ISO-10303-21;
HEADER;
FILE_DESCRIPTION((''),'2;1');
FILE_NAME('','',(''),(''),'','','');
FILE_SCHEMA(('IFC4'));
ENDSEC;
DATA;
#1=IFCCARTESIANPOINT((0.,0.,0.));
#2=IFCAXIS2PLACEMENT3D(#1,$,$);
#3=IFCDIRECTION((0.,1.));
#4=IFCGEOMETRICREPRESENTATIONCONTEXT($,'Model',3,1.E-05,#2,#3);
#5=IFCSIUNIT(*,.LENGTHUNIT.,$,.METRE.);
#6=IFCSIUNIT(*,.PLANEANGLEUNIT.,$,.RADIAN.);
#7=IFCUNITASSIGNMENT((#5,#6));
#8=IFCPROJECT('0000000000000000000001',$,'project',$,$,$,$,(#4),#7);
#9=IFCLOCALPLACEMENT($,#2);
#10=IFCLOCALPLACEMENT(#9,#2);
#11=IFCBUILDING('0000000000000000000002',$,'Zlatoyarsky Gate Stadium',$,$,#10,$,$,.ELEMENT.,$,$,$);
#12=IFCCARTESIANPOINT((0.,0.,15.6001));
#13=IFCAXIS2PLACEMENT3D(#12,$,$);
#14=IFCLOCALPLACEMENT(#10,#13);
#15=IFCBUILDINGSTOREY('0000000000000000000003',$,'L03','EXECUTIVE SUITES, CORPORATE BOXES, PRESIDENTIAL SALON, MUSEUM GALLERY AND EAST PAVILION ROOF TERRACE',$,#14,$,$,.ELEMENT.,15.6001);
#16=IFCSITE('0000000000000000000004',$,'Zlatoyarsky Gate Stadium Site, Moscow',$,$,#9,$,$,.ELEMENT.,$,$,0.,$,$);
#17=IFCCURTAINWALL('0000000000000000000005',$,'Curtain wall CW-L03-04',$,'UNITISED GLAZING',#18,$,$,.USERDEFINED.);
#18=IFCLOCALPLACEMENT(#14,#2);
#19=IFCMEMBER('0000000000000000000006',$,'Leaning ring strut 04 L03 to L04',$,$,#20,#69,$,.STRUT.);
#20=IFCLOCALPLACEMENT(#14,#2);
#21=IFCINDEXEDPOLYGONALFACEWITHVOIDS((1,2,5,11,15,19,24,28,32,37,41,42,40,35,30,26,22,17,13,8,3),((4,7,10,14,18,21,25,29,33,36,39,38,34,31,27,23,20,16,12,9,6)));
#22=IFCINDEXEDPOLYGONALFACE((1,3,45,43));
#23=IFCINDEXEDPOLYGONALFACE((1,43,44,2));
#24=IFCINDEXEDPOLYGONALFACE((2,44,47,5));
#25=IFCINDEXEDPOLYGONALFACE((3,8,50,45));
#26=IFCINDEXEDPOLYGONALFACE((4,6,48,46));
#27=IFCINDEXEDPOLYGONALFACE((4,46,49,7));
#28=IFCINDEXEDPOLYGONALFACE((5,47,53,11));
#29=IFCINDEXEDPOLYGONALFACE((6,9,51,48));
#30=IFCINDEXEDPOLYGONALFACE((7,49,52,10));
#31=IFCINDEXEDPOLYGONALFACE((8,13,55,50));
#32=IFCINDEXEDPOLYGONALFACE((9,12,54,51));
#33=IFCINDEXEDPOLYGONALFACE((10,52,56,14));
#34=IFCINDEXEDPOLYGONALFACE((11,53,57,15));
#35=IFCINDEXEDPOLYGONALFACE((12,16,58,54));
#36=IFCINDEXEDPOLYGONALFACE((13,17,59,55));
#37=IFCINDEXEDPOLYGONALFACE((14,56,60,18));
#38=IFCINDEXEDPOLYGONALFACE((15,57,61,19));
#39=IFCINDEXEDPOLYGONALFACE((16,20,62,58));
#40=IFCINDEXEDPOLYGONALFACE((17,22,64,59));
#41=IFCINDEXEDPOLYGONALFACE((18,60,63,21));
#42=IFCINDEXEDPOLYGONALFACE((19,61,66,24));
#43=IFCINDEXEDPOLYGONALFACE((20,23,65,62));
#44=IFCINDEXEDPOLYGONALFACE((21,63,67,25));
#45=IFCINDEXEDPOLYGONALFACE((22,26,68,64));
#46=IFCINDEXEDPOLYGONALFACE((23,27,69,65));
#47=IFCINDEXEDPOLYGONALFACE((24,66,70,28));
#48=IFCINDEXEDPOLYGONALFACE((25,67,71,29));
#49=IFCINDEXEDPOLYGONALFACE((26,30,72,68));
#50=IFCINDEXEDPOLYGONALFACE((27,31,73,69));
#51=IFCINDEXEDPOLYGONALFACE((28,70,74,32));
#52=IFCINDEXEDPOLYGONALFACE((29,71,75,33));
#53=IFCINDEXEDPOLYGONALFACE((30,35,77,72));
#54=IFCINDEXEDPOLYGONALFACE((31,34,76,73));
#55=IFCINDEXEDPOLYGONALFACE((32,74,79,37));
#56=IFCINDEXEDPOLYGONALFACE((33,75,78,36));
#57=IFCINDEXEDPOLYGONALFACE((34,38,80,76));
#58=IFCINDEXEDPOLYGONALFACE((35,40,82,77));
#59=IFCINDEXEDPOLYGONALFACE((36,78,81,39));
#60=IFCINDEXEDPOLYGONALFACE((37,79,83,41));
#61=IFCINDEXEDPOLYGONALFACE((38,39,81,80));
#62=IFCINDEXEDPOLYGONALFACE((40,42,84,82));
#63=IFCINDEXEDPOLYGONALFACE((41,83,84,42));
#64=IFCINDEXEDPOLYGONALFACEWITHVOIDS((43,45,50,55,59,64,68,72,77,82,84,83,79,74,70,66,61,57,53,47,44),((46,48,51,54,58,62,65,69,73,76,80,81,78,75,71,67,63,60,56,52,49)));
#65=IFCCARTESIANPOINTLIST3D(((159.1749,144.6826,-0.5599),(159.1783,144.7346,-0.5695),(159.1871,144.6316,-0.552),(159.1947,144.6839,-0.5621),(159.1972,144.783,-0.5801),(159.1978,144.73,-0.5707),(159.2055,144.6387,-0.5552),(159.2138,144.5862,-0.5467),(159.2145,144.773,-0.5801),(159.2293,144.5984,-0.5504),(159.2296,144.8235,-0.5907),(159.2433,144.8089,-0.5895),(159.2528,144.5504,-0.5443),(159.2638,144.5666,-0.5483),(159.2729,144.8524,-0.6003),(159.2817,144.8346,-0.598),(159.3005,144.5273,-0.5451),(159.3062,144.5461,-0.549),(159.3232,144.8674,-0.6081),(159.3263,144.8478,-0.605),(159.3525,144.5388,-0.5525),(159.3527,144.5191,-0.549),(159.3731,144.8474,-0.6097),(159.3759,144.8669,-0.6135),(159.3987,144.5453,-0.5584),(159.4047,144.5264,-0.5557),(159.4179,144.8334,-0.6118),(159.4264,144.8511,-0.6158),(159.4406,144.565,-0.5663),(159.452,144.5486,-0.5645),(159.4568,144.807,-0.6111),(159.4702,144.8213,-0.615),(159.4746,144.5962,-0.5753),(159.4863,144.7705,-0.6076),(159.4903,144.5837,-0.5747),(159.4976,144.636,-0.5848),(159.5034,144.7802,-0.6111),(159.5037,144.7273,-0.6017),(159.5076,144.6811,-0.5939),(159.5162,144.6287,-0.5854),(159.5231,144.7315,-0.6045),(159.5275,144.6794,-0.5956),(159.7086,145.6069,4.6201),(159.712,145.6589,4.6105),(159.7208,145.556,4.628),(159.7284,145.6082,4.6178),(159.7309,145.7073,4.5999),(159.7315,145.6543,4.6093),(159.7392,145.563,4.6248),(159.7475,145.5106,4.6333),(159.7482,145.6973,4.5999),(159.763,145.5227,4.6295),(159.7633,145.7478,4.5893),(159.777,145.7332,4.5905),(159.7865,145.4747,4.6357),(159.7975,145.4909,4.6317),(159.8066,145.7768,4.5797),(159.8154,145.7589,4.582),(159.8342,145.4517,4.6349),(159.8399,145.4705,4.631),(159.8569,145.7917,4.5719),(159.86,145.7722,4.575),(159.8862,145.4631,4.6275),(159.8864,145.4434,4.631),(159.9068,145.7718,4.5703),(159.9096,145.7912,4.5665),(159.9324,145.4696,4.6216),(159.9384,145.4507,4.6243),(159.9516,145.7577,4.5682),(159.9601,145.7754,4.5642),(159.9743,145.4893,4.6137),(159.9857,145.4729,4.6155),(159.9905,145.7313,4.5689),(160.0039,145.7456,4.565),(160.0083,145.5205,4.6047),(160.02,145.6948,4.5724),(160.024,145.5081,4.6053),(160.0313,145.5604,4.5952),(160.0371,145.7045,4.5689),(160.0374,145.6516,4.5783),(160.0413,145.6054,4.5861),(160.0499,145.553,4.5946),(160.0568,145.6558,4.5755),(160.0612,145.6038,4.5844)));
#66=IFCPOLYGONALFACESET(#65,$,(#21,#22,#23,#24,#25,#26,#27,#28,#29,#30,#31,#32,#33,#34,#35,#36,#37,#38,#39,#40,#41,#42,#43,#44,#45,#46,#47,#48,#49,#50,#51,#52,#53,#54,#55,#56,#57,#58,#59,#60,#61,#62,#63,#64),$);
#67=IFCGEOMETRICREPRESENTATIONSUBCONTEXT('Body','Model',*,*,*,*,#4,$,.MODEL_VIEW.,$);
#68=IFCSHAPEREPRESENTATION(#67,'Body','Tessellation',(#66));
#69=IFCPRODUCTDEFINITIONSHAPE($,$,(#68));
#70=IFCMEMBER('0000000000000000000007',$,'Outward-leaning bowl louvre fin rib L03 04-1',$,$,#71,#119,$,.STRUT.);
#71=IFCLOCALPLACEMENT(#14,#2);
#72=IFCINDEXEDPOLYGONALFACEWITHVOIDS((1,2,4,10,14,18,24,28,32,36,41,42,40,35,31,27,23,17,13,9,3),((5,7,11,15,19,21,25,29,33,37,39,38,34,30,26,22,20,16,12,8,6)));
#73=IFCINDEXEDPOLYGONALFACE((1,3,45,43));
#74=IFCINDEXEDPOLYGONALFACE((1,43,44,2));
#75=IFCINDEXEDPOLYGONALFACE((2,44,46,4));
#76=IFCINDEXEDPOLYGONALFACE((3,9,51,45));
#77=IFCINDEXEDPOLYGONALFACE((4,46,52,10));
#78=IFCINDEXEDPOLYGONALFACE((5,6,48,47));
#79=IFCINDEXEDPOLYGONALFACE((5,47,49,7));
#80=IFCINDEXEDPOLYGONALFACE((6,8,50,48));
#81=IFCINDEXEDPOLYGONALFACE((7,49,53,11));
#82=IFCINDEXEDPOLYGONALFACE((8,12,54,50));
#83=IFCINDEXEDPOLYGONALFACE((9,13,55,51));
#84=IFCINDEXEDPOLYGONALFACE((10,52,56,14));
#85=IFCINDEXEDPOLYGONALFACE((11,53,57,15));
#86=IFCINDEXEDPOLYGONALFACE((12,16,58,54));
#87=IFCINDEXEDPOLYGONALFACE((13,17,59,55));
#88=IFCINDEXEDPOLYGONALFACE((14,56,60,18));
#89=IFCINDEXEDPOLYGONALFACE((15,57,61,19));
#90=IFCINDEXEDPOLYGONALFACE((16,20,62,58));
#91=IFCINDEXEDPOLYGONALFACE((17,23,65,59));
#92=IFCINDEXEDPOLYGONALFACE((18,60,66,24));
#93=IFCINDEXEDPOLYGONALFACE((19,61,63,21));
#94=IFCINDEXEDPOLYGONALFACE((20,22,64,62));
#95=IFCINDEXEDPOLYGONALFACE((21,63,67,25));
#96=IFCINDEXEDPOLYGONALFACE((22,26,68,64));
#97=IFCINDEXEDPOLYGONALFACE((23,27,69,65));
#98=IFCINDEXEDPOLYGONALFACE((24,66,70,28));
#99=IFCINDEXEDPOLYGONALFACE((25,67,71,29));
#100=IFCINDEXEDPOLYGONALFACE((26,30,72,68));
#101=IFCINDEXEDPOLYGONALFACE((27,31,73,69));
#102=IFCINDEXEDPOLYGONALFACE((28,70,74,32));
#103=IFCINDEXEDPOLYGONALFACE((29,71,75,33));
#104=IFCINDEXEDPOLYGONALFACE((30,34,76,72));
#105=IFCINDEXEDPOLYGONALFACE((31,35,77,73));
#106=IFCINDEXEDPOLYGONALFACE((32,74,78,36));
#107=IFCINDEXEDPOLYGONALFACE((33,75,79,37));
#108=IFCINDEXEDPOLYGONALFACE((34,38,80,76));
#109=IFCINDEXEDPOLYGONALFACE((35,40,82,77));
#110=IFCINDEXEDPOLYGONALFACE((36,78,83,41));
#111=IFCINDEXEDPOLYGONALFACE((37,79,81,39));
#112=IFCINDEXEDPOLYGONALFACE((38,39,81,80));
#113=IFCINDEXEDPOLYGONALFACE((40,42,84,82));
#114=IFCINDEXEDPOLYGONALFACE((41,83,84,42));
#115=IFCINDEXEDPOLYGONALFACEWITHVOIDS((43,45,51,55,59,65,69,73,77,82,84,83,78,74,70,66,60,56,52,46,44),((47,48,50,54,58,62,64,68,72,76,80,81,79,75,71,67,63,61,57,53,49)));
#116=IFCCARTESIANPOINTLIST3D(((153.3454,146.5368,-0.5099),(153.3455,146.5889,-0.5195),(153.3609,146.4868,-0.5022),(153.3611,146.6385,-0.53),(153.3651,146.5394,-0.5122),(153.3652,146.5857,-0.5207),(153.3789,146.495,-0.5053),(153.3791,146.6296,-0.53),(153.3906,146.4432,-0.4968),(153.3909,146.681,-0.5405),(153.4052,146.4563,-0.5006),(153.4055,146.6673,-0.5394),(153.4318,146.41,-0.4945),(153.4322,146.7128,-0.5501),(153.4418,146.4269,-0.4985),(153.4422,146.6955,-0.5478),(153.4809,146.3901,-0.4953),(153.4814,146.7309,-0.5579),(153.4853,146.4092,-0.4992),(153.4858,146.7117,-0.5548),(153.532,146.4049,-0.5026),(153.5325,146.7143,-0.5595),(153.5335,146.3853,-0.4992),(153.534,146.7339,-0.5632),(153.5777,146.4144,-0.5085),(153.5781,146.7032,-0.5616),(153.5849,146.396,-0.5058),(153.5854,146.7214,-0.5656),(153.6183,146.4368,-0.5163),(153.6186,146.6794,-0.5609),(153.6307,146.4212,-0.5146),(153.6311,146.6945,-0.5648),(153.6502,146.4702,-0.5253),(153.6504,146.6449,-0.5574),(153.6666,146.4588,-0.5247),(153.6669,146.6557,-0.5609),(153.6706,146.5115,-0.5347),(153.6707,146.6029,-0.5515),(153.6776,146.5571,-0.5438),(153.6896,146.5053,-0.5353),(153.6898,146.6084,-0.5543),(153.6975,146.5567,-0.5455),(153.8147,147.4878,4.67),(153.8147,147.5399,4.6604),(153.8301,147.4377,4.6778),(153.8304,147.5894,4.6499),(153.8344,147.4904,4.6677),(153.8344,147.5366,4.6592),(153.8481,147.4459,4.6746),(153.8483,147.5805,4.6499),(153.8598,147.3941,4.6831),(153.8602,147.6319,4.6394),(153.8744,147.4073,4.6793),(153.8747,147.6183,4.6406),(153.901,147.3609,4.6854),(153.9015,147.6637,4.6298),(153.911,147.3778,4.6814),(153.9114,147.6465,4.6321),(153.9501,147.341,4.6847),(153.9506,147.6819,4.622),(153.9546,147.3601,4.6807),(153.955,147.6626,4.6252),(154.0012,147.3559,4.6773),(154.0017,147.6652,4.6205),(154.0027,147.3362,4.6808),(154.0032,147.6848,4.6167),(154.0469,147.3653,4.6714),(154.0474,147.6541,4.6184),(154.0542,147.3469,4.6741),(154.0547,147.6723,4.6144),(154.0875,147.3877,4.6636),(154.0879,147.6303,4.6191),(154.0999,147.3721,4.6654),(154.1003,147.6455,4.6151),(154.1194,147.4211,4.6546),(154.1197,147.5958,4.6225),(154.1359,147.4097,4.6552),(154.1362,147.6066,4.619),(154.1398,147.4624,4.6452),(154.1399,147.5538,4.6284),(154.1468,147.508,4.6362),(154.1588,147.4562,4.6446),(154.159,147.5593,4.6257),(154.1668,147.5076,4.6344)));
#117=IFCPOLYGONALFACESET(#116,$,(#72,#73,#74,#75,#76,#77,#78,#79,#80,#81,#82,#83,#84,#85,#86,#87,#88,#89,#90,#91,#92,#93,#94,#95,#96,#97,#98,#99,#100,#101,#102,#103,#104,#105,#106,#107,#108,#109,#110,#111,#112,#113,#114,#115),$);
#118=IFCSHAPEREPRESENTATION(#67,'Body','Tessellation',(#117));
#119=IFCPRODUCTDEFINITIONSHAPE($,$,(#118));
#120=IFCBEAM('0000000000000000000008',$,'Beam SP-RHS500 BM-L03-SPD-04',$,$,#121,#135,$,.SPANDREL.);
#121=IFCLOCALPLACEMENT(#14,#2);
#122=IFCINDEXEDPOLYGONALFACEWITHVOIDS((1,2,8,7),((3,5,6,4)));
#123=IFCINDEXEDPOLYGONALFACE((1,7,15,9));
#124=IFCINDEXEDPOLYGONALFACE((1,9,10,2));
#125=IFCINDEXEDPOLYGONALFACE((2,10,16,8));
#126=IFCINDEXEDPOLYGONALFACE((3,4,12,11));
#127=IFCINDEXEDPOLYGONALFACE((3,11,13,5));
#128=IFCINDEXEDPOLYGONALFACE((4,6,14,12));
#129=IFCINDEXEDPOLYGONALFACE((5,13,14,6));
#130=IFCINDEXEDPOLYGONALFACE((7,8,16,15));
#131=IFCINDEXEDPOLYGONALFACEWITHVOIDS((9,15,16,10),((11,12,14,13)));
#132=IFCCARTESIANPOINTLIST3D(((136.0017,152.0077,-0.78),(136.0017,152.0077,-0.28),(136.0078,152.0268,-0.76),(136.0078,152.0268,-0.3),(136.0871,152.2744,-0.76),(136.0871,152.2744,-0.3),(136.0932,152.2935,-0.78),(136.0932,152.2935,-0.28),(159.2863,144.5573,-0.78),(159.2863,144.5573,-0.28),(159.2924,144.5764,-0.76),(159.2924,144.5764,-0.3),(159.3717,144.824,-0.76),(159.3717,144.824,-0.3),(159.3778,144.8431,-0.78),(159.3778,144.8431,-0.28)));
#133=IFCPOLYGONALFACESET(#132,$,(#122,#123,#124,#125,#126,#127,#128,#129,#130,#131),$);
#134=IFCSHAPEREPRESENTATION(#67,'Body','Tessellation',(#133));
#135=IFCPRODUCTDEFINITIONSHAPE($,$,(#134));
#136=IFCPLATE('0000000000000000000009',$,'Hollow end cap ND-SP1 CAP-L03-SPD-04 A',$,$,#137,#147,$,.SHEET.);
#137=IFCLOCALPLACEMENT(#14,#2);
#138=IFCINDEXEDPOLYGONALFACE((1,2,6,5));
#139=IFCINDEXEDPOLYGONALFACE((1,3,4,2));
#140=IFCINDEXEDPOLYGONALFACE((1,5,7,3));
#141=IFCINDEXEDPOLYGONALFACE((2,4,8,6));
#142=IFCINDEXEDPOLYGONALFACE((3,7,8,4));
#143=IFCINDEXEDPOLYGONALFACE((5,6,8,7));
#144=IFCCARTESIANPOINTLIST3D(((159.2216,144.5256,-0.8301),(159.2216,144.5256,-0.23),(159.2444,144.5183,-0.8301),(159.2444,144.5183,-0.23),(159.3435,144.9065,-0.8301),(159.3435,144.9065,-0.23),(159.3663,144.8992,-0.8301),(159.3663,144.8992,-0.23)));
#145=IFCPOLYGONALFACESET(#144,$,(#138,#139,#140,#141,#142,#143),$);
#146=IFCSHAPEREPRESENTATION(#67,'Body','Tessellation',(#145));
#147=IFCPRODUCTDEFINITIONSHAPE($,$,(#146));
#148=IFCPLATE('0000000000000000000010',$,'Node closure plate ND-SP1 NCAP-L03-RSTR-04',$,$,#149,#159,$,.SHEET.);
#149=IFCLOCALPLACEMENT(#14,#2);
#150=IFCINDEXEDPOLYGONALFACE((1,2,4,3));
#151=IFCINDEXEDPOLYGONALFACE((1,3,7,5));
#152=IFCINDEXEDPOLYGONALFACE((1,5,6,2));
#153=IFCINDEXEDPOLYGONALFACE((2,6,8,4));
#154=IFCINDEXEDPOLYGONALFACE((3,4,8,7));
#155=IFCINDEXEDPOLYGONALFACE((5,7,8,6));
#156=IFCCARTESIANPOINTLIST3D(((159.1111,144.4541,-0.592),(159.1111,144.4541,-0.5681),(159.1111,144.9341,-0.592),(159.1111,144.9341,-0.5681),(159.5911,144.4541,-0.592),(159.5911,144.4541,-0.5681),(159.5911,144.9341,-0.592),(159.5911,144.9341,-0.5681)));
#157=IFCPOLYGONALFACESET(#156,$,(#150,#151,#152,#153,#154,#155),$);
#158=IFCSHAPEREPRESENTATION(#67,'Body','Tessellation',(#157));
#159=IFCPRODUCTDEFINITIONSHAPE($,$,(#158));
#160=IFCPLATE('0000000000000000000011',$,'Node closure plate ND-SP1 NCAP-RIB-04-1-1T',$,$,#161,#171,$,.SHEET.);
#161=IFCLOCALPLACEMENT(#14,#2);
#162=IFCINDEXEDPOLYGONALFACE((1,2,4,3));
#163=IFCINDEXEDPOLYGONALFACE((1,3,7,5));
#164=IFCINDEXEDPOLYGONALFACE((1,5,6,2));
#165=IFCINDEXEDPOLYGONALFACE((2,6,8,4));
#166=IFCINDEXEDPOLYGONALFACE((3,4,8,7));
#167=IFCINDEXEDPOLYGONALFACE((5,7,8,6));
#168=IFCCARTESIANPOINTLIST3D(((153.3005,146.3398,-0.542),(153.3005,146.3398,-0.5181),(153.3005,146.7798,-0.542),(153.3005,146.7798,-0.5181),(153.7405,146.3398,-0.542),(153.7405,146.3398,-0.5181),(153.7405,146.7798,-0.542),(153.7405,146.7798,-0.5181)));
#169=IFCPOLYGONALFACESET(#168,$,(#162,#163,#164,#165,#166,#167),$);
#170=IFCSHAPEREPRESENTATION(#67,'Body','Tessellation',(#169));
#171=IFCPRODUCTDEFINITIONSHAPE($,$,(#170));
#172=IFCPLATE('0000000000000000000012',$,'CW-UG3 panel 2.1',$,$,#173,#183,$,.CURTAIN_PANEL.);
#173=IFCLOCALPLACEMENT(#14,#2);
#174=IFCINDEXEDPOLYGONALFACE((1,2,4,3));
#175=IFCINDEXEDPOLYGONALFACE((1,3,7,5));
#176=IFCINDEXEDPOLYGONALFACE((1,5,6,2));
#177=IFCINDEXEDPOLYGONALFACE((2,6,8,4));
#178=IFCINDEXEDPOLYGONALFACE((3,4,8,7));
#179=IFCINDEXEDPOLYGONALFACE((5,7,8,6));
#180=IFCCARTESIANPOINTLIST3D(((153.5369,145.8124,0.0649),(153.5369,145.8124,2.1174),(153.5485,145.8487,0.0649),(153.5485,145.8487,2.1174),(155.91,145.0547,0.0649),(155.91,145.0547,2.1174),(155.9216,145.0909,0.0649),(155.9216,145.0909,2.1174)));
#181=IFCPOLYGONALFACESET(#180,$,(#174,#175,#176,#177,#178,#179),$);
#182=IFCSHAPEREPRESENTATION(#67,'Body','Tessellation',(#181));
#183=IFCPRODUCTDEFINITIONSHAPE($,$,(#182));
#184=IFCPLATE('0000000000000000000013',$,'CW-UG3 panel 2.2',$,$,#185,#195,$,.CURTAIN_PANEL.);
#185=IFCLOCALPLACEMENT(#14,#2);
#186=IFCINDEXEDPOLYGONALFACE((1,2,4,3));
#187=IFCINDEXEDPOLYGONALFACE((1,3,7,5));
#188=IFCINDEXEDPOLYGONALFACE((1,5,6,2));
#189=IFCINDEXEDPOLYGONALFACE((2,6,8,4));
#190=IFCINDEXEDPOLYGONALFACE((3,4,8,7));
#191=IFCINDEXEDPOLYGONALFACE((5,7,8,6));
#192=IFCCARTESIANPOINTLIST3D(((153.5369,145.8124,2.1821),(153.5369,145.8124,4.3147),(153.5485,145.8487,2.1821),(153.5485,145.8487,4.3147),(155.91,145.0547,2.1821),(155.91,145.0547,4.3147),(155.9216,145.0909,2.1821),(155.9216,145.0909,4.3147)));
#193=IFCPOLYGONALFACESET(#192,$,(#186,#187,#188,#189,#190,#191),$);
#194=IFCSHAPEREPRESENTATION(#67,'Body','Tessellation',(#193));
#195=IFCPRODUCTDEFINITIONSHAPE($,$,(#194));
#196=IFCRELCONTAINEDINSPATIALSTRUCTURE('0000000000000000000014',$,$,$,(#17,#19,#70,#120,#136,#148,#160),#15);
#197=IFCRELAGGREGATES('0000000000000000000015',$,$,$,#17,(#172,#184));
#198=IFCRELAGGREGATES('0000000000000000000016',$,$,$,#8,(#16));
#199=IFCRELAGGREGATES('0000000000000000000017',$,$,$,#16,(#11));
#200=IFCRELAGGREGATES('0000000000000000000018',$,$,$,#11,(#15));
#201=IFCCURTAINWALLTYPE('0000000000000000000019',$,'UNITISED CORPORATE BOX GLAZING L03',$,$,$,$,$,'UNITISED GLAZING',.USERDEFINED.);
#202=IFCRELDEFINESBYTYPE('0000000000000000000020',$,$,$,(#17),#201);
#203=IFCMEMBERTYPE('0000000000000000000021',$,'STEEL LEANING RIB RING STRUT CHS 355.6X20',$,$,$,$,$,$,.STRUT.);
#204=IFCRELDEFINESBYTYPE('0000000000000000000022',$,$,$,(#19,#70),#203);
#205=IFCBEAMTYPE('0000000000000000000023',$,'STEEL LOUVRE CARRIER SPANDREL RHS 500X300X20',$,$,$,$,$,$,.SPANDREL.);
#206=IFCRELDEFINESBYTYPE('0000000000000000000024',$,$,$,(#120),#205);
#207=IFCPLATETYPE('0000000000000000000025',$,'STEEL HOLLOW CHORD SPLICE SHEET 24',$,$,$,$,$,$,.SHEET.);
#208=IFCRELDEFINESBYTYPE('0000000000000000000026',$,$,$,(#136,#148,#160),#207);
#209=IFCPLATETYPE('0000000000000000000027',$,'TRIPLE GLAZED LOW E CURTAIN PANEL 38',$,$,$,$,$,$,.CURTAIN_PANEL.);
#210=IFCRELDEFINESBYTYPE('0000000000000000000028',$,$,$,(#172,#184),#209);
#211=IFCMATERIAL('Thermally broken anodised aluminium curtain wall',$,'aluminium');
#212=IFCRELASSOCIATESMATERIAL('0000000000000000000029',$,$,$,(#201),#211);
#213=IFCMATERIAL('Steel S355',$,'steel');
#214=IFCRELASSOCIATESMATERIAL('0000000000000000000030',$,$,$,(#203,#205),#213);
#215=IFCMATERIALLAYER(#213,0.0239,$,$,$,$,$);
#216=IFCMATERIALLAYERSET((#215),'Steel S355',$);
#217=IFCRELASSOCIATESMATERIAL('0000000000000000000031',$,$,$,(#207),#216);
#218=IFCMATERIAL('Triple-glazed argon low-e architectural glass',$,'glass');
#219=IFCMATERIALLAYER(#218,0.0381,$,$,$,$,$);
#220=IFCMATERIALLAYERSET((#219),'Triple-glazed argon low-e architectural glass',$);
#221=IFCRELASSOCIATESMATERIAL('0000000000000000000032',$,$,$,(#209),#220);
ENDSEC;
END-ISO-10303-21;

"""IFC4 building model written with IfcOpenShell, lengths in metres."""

from ifc_helpers import new_model, si_unit, direction, frame, origin, origin_2d, place, context, subcontext, project, spatial, rectangle, hollow_rectangle, hollow_circle, extrude, material, layer, layer_set, material_profile, profile_set, type_object, element, aggregate, save


model = new_model("IFC4")

# Units and contexts
model_context = context("Model", 3, precision=1e-05, world=origin(), true_north=direction((0.0, 1.0)))
body_context = subcontext(model_context, "Body", "Model", "MODEL_VIEW")
ifc_project = project(units=[si_unit("LENGTHUNIT", "METRE"), si_unit("PLANEANGLEUNIT", "RADIAN")], contexts=[model_context])

# Site, building, storey
site_placement = place(None, origin())
site = spatial("IfcSite", under=ifc_project, at=site_placement, Name="Zlatoyarsky Gate Stadium Site, Moscow", CompositionType="ELEMENT", RefElevation=0.0)
building_placement = place(site_placement, origin())
building = spatial("IfcBuilding", under=site, at=building_placement, Name="Zlatoyarsky Gate Stadium", CompositionType="ELEMENT")
storey_placement = place(building_placement, frame((0.0, 0.0, 15.6001)))
storey = spatial("IfcBuildingStorey", under=building, at=storey_placement, Name="L03", Description="EXECUTIVE SUITES, CORPORATE BOXES, PRESIDENTIAL SALON, MUSEUM GALLERY AND EAST PAVILION ROOF TERRACE", CompositionType="ELEMENT", Elevation=15.6001)

# Curtain wall
ifc_material_1 = material(Name="Thermally broken anodised aluminium curtain wall", Category="aluminium")
curtain_wall_type = type_object("IfcCurtainWallType", Name="UNITISED CORPORATE BOX GLAZING L03", ElementType="UNITISED GLAZING", PredefinedType="USERDEFINED", material=ifc_material_1)
curtain_wall_placement = place(storey_placement, origin())
curtain_wall = element("IfcCurtainWall", 1, at=curtain_wall_placement, inside=storey, type_object=curtain_wall_type, Name="Curtain wall CW-L03-04", ObjectType="UNITISED GLAZING", PredefinedType="USERDEFINED")

# Members
ifc_material_2 = material(Name="Steel S355", Category="steel")
ifc_material_profile_1 = material_profile(ifc_material_2, hollow_circle(Radius=0.1777, WallThickness=0.02, at=origin_2d()), Name="CHS 355.6X20")
ifc_profile_set_1 = profile_set([ifc_material_profile_1], Name="Steel S355")
member_type_1 = type_object("IfcMemberType", Name="STEEL LEANING RIB RING STRUT CHS 355.6X20", PredefinedType="STRUT", material=ifc_profile_set_1)
member_1_placement = place(storey_placement, frame((159.3511, 144.6941, -0.5801), z_axis=(0.100911, 0.17477, 0.979425), x_axis=(-0.86601, 0.500026, 0.0)))
element("IfcMember", 2, at=member_1_placement, inside=storey, type_object=member_type_1, Name="Leaning ring strut 04 L03 to L04", PredefinedType="STRUT", context=body_context, shape_type="SweptSolid", body=[
    extrude(hollow_circle(Radius=0.1777, WallThickness=0.02, at=origin_2d()), origin(), (0.0, 0.0, 1.0), 5.2888),
])
member_2_placement = place(storey_placement, frame((153.5205, 146.5598, -0.53), z_axis=(0.088747, 0.179849, 0.979683), x_axis=(-0.896763, 0.442511, 0.0)))
element("IfcMember", 3, at=member_2_placement, inside=storey, type_object=member_type_1, Name="Outward-leaning bowl louvre fin rib L03 04-1", PredefinedType="STRUT", context=body_context, shape_type="SweptSolid", body=[
    extrude(hollow_circle(Radius=0.1777, WallThickness=0.02, at=origin_2d()), origin(), (0.0, 0.0, 1.0), 5.2874),
])

# Beam
ifc_material_profile_2 = material_profile(ifc_material_2, hollow_rectangle(XDim=0.3, YDim=0.5, WallThickness=0.02, at=origin_2d()), Name="RHS 500X300X20")
ifc_profile_set_2 = profile_set([ifc_material_profile_2], Name="Steel S355")
beam_type = type_object("IfcBeamType", Name="STEEL LOUVRE CARRIER SPANDREL RHS 500X300X20", PredefinedType="SPANDREL", material=ifc_profile_set_2)
beam_placement = place(storey_placement, frame((159.332, 144.7002, -0.53), z_axis=(-0.952432, 0.304751, 0.0), x_axis=(-0.304751, -0.952432, 0.0)))
element("IfcBeam", 4, at=beam_placement, inside=storey, type_object=beam_type, Name="Beam SP-RHS500 BM-L03-SPD-04", PredefinedType="SPANDREL", context=body_context, shape_type="SweptSolid", body=[
    extrude(hollow_rectangle(XDim=0.3, YDim=0.5, WallThickness=0.02, at=origin_2d()), origin(), (0.0, 0.0, 1.0), 24.4475),
])

# Plates
ifc_layer_1 = layer(ifc_material_2, 0.0239)
ifc_layer_set_1 = layer_set([ifc_layer_1], Name="Steel S355")
plate_type_1 = type_object("IfcPlateType", Name="STEEL HOLLOW CHORD SPLICE SHEET 24", PredefinedType="SHEET", material=ifc_layer_set_1)
plate_1_placement = place(storey_placement, frame((159.2939, 144.7124, -0.8301), z_axis=(0.0, 0.0, 1.0), x_axis=(-0.95243, 0.304759, 0.0)))
element("IfcPlate", 5, at=plate_1_placement, inside=storey, type_object=plate_type_1, Name="Hollow end cap ND-SP1 CAP-L03-SPD-04 A", PredefinedType="SHEET", context=body_context, shape_type="SweptSolid", body=[
    extrude(rectangle(XDim=0.0239, YDim=0.3999, at=origin_2d()), origin(), (0.0, 0.0, 1.0), 0.6001),
])
plate_2_placement = place(storey_placement, frame((159.3511, 144.6941, -0.592), z_axis=(0.0, 0.0, 1.0), x_axis=(1.0, 0.0, 0.0)))
element("IfcPlate", 6, at=plate_2_placement, inside=storey, type_object=plate_type_1, Name="Node closure plate ND-SP1 NCAP-L03-RSTR-04", PredefinedType="SHEET", context=body_context, shape_type="SweptSolid", body=[
    extrude(rectangle(XDim=0.48, YDim=0.48, at=origin_2d()), origin(), (0.0, 0.0, 1.0), 0.0239),
])
plate_3_placement = place(storey_placement, frame((153.5205, 146.5598, -0.542), z_axis=(0.0, 0.0, 1.0), x_axis=(1.0, 0.0, 0.0)))
element("IfcPlate", 7, at=plate_3_placement, inside=storey, type_object=plate_type_1, Name="Node closure plate ND-SP1 NCAP-RIB-04-1-1T", PredefinedType="SHEET", context=body_context, shape_type="SweptSolid", body=[
    extrude(rectangle(XDim=0.4399, YDim=0.4399, at=origin_2d()), origin(), (0.0, 0.0, 1.0), 0.0239),
])

# Plates
ifc_material_3 = material(Name="Triple-glazed argon low-e architectural glass", Category="glass")
ifc_layer_2 = layer(ifc_material_3, 0.0381)
ifc_layer_set_2 = layer_set([ifc_layer_2], Name="Triple-glazed argon low-e architectural glass")
plate_type_2 = type_object("IfcPlateType", Name="TRIPLE GLAZED LOW E CURTAIN PANEL 38", PredefinedType="CURTAIN_PANEL", material=ifc_layer_set_2)
plate_4_placement = place(storey_placement, frame((154.7292, 145.4517, 0.0649), z_axis=(0.0, 0.0, 1.0), x_axis=(-0.95262, 0.304162, 0.0)))
plate_4 = element("IfcPlate", 8, at=plate_4_placement, type_object=plate_type_2, Name="CW-UG3 panel 2.1", PredefinedType="CURTAIN_PANEL", context=body_context, shape_type="SweptSolid", body=[
    extrude(rectangle(XDim=2.4912, YDim=0.0381, at=origin_2d()), origin(), (0.0, 0.0, 1.0), 2.0525),
])
plate_5_placement = place(storey_placement, frame((154.7292, 145.4517, 2.1821), z_axis=(0.0, 0.0, 1.0), x_axis=(-0.95262, 0.304162, 0.0)))
plate_5 = element("IfcPlate", 9, at=plate_5_placement, type_object=plate_type_2, Name="CW-UG3 panel 2.2", PredefinedType="CURTAIN_PANEL", context=body_context, shape_type="SweptSolid", body=[
    extrude(rectangle(XDim=2.4912, YDim=0.0381, at=origin_2d()), origin(), (0.0, 0.0, 1.0), 2.1326),
])
aggregate(curtain_wall, [plate_4, plate_5])

save(model, "model.ifc")
